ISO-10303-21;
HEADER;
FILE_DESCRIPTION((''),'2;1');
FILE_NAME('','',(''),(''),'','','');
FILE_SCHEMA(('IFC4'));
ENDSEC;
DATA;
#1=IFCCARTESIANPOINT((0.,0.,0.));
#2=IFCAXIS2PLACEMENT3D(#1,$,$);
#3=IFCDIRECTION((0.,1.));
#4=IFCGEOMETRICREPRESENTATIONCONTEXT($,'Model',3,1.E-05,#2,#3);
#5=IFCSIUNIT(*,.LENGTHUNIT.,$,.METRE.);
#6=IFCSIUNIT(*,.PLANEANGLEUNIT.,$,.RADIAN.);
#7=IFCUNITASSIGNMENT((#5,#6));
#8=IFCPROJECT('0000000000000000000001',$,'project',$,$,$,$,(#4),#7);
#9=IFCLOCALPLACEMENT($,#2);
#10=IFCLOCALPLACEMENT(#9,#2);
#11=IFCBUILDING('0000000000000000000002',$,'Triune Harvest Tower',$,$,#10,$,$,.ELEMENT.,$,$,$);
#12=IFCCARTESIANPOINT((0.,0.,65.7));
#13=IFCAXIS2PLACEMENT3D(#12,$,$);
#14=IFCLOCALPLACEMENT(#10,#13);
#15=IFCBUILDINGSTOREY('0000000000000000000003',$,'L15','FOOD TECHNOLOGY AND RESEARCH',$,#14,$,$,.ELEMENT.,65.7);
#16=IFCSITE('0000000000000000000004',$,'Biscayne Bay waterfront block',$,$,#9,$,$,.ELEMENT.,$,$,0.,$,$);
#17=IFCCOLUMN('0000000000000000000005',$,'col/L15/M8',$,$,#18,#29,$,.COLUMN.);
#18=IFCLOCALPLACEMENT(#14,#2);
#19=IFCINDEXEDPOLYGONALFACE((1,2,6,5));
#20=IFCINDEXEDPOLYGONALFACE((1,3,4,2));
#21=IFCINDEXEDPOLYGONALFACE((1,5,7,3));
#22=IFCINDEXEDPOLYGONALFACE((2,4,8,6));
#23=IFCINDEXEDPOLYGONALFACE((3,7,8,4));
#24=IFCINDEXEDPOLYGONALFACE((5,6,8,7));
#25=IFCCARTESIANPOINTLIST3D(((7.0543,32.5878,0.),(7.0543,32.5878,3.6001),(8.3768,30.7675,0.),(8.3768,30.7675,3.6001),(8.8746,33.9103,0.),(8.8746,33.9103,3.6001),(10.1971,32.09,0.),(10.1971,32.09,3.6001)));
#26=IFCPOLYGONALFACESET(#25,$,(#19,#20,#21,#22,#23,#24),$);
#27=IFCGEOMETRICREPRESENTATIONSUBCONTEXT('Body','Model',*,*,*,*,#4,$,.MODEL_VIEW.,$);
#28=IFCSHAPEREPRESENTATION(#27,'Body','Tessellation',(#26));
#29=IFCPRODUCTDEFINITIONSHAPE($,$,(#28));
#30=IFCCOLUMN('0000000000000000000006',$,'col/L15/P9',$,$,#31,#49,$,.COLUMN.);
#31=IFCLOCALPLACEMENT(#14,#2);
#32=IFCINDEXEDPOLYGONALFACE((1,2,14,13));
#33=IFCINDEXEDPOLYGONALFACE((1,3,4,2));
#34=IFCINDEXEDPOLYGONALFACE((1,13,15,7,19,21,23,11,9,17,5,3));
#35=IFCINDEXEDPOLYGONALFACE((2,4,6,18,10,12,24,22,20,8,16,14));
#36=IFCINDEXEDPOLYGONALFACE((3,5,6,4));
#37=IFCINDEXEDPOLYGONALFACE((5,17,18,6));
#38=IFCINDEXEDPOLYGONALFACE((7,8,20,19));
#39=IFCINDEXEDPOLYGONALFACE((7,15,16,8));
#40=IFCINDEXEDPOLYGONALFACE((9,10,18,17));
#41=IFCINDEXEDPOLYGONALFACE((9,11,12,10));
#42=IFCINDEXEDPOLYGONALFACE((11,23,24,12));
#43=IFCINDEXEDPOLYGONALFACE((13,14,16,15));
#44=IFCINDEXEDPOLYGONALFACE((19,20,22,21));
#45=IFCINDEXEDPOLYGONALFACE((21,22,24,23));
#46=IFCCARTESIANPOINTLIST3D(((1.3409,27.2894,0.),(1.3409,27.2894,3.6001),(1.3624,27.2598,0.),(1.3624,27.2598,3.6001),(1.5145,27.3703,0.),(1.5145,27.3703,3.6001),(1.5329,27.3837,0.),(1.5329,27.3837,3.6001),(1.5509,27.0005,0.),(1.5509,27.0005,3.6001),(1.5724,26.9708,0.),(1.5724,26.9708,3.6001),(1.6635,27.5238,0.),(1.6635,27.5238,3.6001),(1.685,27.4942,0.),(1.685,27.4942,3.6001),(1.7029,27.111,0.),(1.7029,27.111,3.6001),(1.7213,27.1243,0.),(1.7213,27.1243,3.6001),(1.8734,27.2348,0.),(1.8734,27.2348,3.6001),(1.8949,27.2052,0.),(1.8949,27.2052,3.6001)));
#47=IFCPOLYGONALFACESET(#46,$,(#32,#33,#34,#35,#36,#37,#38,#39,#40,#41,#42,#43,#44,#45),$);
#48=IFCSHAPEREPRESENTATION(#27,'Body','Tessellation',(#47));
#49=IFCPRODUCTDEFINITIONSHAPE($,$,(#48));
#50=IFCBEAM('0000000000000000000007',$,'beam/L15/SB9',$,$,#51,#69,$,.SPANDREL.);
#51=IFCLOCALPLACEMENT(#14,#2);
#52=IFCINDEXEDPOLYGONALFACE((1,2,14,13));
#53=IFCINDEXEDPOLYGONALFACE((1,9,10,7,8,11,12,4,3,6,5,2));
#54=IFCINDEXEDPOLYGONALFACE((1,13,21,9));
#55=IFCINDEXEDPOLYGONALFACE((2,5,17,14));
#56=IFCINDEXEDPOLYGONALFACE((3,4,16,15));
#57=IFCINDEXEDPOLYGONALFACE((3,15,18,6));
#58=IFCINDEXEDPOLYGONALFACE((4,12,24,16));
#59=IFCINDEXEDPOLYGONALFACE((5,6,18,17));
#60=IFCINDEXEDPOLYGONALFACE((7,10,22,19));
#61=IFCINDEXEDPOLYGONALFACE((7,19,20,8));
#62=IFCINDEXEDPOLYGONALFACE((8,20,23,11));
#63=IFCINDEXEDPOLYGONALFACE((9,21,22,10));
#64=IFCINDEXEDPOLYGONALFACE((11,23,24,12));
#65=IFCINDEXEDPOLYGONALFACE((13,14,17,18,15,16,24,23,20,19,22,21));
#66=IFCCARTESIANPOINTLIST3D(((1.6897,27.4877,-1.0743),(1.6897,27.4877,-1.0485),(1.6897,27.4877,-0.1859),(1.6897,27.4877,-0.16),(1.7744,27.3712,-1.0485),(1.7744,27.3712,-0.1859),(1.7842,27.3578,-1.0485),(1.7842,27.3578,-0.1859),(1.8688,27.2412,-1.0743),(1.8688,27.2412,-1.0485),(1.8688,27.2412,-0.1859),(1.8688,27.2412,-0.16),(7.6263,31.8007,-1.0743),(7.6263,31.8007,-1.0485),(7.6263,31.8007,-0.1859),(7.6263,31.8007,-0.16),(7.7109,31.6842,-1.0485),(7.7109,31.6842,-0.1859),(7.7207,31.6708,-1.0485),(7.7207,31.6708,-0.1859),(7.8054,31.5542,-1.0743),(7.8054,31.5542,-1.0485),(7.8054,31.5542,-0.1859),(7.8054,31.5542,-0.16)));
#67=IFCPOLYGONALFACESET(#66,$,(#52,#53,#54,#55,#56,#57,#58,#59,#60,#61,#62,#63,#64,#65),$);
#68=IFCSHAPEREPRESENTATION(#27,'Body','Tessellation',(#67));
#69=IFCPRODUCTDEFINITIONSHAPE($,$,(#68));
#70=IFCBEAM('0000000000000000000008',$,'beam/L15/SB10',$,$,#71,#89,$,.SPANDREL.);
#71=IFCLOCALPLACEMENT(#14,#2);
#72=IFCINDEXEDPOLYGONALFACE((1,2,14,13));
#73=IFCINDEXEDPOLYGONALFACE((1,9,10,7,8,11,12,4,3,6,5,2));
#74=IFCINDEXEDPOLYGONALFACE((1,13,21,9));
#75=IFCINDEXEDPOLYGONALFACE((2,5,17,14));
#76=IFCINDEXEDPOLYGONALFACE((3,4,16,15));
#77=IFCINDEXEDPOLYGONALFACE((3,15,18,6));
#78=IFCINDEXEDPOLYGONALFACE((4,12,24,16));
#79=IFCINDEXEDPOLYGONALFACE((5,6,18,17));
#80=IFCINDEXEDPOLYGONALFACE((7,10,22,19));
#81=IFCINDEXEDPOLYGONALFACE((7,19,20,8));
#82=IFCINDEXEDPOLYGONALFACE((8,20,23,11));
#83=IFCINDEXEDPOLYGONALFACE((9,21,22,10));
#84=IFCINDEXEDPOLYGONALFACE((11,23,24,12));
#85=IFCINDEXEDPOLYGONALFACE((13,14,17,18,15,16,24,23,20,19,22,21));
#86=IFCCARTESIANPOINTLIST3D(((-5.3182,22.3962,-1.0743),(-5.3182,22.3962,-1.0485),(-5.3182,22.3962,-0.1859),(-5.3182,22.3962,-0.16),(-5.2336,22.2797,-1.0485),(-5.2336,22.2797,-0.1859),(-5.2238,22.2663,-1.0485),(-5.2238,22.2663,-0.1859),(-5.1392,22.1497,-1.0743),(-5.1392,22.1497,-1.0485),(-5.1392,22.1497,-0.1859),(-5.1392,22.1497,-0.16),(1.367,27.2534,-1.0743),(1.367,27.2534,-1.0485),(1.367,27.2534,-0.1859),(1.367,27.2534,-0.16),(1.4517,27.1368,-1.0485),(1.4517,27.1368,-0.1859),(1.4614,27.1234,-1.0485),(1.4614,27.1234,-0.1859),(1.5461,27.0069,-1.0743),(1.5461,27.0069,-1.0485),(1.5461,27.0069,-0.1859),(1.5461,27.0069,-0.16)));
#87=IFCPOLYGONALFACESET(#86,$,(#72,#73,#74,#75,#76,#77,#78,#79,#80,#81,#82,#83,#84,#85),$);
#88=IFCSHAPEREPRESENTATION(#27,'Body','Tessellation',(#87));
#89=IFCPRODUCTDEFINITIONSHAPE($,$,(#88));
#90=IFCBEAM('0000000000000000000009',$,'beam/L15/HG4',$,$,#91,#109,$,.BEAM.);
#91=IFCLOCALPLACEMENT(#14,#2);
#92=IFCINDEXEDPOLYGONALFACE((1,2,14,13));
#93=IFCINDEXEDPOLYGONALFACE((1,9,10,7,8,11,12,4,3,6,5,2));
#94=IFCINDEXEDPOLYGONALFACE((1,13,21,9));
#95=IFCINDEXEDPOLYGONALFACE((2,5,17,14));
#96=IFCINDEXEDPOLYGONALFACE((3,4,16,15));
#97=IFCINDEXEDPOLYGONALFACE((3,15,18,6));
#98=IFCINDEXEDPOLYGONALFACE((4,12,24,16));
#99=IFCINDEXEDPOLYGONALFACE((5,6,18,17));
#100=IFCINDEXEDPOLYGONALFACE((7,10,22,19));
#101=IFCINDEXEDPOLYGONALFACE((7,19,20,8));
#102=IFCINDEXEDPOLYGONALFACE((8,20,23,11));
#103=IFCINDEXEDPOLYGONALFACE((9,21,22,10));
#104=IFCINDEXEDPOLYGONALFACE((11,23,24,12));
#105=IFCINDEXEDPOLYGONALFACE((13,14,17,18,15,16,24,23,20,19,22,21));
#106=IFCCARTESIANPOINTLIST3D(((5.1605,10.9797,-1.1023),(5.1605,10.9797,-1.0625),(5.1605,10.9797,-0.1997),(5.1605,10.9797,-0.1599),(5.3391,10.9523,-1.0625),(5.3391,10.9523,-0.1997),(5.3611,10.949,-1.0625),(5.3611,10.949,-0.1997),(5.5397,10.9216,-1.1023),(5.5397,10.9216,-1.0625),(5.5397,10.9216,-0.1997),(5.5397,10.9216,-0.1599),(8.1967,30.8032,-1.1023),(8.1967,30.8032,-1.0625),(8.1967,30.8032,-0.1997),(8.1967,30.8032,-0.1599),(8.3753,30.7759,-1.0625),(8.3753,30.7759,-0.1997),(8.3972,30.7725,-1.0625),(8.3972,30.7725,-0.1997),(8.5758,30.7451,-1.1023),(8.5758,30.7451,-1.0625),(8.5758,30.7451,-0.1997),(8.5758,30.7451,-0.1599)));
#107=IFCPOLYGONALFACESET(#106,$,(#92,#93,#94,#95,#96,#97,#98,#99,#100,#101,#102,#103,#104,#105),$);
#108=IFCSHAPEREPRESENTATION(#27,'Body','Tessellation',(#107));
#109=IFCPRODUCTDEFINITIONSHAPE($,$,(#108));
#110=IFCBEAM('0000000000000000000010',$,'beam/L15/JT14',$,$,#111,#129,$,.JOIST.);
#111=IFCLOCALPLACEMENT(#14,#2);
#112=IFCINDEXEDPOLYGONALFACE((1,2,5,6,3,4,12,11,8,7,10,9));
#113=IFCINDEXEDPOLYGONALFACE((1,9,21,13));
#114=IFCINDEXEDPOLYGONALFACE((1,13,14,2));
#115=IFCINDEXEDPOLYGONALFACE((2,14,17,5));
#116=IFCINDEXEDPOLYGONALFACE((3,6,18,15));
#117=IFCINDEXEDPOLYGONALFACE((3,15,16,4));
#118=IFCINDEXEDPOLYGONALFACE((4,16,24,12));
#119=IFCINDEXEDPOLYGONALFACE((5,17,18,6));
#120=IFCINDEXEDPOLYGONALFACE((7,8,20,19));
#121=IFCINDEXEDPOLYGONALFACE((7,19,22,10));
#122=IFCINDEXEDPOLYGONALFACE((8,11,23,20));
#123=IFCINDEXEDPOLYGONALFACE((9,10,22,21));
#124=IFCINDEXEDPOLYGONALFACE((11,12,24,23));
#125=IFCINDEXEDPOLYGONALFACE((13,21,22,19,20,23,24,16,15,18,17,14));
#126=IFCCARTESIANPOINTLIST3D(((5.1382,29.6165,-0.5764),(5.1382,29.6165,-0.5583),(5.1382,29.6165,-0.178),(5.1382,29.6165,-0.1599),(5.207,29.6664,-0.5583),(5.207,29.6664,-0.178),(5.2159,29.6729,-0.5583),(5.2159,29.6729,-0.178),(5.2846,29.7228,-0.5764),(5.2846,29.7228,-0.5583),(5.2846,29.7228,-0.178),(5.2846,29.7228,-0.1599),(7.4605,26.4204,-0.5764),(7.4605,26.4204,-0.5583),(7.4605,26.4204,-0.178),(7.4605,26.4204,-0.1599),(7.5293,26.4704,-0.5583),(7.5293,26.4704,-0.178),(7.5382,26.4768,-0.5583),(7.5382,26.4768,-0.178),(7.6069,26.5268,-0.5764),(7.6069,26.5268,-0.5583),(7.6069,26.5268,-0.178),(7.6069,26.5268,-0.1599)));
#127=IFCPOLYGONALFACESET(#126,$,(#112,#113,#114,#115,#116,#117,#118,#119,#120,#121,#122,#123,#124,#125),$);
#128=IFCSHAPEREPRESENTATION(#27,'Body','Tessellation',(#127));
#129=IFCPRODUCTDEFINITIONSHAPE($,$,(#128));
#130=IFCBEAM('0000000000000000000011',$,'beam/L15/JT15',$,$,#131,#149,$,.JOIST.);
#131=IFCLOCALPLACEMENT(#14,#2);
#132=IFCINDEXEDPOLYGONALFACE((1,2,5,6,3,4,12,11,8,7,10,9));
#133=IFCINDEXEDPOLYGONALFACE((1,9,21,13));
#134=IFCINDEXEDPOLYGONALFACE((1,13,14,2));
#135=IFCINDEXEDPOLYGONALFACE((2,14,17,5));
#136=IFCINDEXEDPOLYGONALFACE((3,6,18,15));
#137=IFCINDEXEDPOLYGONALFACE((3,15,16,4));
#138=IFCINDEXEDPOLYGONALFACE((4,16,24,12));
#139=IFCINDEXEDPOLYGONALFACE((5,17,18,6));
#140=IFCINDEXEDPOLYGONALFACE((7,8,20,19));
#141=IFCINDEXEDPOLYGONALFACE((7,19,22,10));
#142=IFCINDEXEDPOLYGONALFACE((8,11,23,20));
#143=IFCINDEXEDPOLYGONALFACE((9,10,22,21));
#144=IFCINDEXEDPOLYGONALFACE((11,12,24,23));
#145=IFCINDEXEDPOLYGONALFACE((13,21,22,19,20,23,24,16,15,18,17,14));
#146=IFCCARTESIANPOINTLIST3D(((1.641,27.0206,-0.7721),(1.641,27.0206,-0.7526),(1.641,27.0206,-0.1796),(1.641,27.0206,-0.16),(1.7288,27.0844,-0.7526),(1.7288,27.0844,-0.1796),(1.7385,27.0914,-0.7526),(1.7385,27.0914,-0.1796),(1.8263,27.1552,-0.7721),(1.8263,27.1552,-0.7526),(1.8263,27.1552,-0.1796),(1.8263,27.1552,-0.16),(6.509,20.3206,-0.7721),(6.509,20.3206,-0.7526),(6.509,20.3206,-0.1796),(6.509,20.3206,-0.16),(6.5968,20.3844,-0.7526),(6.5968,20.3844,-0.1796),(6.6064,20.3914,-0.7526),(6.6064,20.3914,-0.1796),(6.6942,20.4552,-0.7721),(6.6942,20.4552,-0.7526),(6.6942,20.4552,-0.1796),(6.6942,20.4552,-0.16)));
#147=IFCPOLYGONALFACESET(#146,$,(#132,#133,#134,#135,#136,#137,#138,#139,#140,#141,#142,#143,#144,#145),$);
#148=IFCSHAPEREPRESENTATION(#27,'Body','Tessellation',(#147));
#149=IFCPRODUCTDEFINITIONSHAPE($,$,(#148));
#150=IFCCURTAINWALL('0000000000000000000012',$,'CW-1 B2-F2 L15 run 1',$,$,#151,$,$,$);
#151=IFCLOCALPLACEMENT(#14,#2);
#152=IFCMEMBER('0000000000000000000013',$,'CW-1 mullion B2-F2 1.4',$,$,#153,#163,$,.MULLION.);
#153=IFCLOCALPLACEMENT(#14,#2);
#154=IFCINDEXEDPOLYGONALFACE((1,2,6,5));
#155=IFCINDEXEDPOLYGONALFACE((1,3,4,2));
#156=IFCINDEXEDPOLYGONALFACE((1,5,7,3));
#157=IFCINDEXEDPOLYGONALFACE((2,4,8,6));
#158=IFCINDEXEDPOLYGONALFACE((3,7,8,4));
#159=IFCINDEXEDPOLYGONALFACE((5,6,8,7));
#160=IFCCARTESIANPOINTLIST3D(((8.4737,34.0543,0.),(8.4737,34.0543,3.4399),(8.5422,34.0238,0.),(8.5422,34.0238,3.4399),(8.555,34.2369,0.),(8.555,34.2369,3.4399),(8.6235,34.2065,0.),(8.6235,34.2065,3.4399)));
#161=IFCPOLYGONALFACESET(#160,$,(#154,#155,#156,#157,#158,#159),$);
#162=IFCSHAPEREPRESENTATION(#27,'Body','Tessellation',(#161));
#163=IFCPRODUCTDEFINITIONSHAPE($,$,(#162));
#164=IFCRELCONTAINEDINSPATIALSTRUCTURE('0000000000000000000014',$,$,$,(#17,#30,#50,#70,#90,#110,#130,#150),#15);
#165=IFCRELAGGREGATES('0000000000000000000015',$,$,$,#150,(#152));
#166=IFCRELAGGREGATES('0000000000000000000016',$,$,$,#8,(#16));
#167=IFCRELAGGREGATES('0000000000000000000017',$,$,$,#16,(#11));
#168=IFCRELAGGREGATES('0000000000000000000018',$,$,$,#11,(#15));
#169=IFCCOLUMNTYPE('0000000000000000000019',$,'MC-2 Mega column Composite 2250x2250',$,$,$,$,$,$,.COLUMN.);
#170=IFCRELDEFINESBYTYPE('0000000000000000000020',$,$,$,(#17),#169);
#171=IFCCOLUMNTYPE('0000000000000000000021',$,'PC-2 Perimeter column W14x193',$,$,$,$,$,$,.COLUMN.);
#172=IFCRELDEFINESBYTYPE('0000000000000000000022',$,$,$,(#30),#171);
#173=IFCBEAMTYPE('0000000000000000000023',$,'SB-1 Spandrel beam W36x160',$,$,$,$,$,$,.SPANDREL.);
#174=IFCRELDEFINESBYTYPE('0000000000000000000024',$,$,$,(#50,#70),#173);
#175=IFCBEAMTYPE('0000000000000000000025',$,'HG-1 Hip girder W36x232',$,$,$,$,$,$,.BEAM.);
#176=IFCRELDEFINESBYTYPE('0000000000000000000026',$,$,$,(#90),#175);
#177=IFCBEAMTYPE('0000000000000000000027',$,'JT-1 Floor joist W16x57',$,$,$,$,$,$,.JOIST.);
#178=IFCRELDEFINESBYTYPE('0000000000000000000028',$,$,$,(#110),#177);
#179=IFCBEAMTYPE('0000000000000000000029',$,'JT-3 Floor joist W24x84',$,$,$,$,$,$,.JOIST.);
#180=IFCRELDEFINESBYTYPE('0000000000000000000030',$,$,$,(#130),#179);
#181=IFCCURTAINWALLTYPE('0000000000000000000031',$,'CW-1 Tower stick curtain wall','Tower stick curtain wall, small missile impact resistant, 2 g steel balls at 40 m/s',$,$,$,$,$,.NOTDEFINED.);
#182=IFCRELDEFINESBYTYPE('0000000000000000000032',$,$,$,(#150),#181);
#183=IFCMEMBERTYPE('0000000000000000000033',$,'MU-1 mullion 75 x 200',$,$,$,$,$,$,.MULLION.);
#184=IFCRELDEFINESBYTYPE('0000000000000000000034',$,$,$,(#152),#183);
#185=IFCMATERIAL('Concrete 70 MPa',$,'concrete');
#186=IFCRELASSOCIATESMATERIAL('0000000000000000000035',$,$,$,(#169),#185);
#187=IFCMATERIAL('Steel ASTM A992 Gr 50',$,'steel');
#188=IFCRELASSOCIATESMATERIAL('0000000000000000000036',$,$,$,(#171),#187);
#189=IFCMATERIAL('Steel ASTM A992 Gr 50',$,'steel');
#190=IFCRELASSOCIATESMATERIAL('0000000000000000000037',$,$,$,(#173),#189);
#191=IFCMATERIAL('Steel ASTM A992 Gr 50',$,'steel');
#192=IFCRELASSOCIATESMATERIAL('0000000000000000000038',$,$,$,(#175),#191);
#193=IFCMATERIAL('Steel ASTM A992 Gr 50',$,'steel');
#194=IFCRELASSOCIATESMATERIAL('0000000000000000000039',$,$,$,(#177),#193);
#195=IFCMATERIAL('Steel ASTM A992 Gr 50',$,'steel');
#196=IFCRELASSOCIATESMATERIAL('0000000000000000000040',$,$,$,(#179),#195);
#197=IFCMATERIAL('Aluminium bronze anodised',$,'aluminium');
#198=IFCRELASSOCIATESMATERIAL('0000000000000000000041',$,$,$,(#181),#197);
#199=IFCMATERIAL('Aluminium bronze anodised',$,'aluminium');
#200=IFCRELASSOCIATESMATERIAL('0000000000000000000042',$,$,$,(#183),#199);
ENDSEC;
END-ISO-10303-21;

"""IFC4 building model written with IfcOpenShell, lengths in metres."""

from ifc_helpers import new_model, si_unit, direction, frame, origin, origin_2d, place, context, subcontext, project, spatial, rectangle, i_section, extrude, source, transform, mapped, material, material_profile, profile_set, type_object, element, aggregate, save


model = new_model("IFC4")

# Units and contexts
model_context = context("Model", 3, precision=1e-05, world=origin(), true_north=direction((0.0, 1.0)))
body_context = subcontext(model_context, "Body", "Model", "MODEL_VIEW")
ifc_project = project(units=[si_unit("LENGTHUNIT", "METRE"), si_unit("PLANEANGLEUNIT", "RADIAN")], contexts=[model_context])

# Site, building, storey
site_placement = place(None, origin())
site = spatial("IfcSite", under=ifc_project, at=site_placement, Name="Biscayne Bay waterfront block", CompositionType="ELEMENT", RefElevation=0.0)
building_placement = place(site_placement, origin())
building = spatial("IfcBuilding", under=site, at=building_placement, Name="Triune Harvest Tower", CompositionType="ELEMENT")
storey_placement = place(building_placement, frame((0.0, 0.0, 65.7)))
storey = spatial("IfcBuildingStorey", under=building, at=storey_placement, Name="L15", Description="FOOD TECHNOLOGY AND RESEARCH", CompositionType="ELEMENT", Elevation=65.7)

# Columns
ifc_material_1 = material(Name="Concrete 70 MPa", Category="concrete")
ifc_material_profile_1 = material_profile(ifc_material_1, rectangle(XDim=2.25, YDim=2.25, at=origin_2d()), Name="Composite 2250x2250")
ifc_profile_set_1 = profile_set([ifc_material_profile_1], Name="Concrete 70 MPa")
column_type_1 = type_object("IfcColumnType", Name="MC-2 Mega column Composite 2250x2250", PredefinedType="COLUMN", material=ifc_profile_set_1)
shared_shape_1 = source(origin(), body_context, "Body", "SweptSolid", [
    extrude(rectangle(XDim=2.25, YDim=2.25, at=origin_2d()), origin(), (0.0, 0.0, 1.0), 3.6001),
])
column_1_placement = place(storey_placement, frame((8.6257, 32.3389, 0.0), z_axis=(0.0, 0.0, 1.0), x_axis=(-0.809017, -0.587785, 0.0)))
element("IfcColumn", 1, at=column_1_placement, inside=storey, type_object=column_type_1, Name="col/L15/M8", PredefinedType="COLUMN", context=body_context, shape_type="MappedRepresentation", body=[
    mapped(shared_shape_1, transform((0.0, 0.0, 0.0), scale=1.0)),
])
ifc_material_2 = material(Name="Steel ASTM A992 Gr 50", Category="steel")
ifc_material_profile_2 = material_profile(ifc_material_2, i_section(OverallWidth=0.3987, OverallDepth=0.3938, WebThickness=0.0227, FlangeThickness=0.0366, at=origin_2d()), Name="W14x193")
ifc_profile_set_2 = profile_set([ifc_material_profile_2], Name="Steel ASTM A992 Gr 50")
column_type_2 = type_object("IfcColumnType", Name="PC-2 Perimeter column W14x193", PredefinedType="COLUMN", material=ifc_profile_set_2)
shared_shape_2 = source(origin(), body_context, "Body", "SweptSolid", [
    extrude(i_section(OverallWidth=0.3987, OverallDepth=0.3938, WebThickness=0.0227, FlangeThickness=0.0366, at=origin_2d()), origin(), (0.0, 0.0, 1.0), 3.6001),
])
column_2_placement = place(storey_placement, frame((1.6179, 27.2473, 0.0), z_axis=(0.0, 0.0, 1.0), x_axis=(-0.809017, -0.587785, 0.0)))
element("IfcColumn", 2, at=column_2_placement, inside=storey, type_object=column_type_2, Name="col/L15/P9", PredefinedType="COLUMN", context=body_context, shape_type="MappedRepresentation", body=[
    mapped(shared_shape_2, transform((0.0, 0.0, 0.0), scale=1.0)),
])

# Beams
ifc_material_3 = material(Name="Steel ASTM A992 Gr 50", Category="steel")
ifc_material_profile_3 = material_profile(ifc_material_3, i_section(OverallWidth=0.3047, OverallDepth=0.9143, WebThickness=0.0166, FlangeThickness=0.0259, at=origin_2d()), Name="W36x160")
ifc_profile_set_3 = profile_set([ifc_material_profile_3], Name="Steel ASTM A992 Gr 50")
beam_type_1 = type_object("IfcBeamType", Name="SB-1 Spandrel beam W36x160", PredefinedType="SPANDREL", material=ifc_profile_set_3)
shared_shape_3 = source(origin(), body_context, "Body", "SweptSolid", [
    extrude(i_section(OverallWidth=0.3047, OverallDepth=0.9143, WebThickness=0.0166, FlangeThickness=0.0259, at=origin_2d()), origin(), (0.0, 0.0, 1.0), 7.3379),
])
beam_1_placement = place(storey_placement, frame((7.7158, 31.6775, -0.6172), z_axis=(-0.809027, -0.587772, 0.0), x_axis=(0.587772, -0.809027, 0.0)))
element("IfcBeam", 3, at=beam_1_placement, inside=storey, type_object=beam_type_1, Name="beam/L15/SB9", PredefinedType="SPANDREL", context=body_context, shape_type="MappedRepresentation", body=[
    mapped(shared_shape_3, transform((0.0, 0.0, 0.0), scale=1.0)),
])
shared_shape_4 = source(origin(), body_context, "Body", "SweptSolid", [
    extrude(i_section(OverallWidth=0.3047, OverallDepth=0.9143, WebThickness=0.0166, FlangeThickness=0.0259, at=origin_2d()), origin(), (0.0, 0.0, 1.0), 8.2634),
])
beam_2_placement = place(storey_placement, frame((1.4565, 27.1301, -0.6172), z_axis=(-0.809016, -0.587787, 0.0), x_axis=(0.587787, -0.809016, 0.0)))
element("IfcBeam", 4, at=beam_2_placement, inside=storey, type_object=beam_type_1, Name="beam/L15/SB10", PredefinedType="SPANDREL", context=body_context, shape_type="MappedRepresentation", body=[
    mapped(shared_shape_4, transform((0.0, 0.0, 0.0), scale=1.0)),
])
ifc_material_4 = material(Name="Steel ASTM A992 Gr 50", Category="steel")
ifc_material_profile_4 = material_profile(ifc_material_4, i_section(OverallWidth=0.3835, OverallDepth=0.9424, WebThickness=0.0222, FlangeThickness=0.0398, at=origin_2d()), Name="W36x232")
ifc_profile_set_4 = profile_set([ifc_material_profile_4], Name="Steel ASTM A992 Gr 50")
beam_type_2 = type_object("IfcBeamType", Name="HG-1 Hip girder W36x232", PredefinedType="BEAM", material=ifc_profile_set_4)
shared_shape_5 = source(origin(), body_context, "Body", "SweptSolid", [
    extrude(i_section(OverallWidth=0.3835, OverallDepth=0.9424, WebThickness=0.0222, FlangeThickness=0.0398, at=origin_2d()), origin(), (0.0, 0.0, 1.0), 20.0547),
])
beam_3_placement = place(storey_placement, frame((8.3862, 30.7742, -0.6311), z_axis=(-0.151393, -0.988474, 0.0), x_axis=(0.988474, -0.151393, 0.0)))
element("IfcBeam", 5, at=beam_3_placement, inside=storey, type_object=beam_type_2, Name="beam/L15/HG4", PredefinedType="BEAM", context=body_context, shape_type="MappedRepresentation", body=[
    mapped(shared_shape_5, transform((0.0, 0.0, 0.0), scale=1.0)),
])
ifc_material_5 = material(Name="Steel ASTM A992 Gr 50", Category="steel")
ifc_material_profile_5 = material_profile(ifc_material_5, i_section(OverallWidth=0.1809, OverallDepth=0.4165, WebThickness=0.011, FlangeThickness=0.0181, at=origin_2d()), Name="W16x57")
ifc_profile_set_5 = profile_set([ifc_material_profile_5], Name="Steel ASTM A992 Gr 50")
beam_type_3 = type_object("IfcBeamType", Name="JT-1 Floor joist W16x57", PredefinedType="JOIST", material=ifc_profile_set_5)
shared_shape_6 = source(origin(), body_context, "Body", "SweptSolid", [
    extrude(i_section(OverallWidth=0.1809, OverallDepth=0.4165, WebThickness=0.011, FlangeThickness=0.0181, at=origin_2d()), origin(), (0.0, 0.0, 1.0), 3.9507),
])
beam_4_placement = place(storey_placement, frame((5.2114, 29.6697, -0.3682), z_axis=(0.587819, -0.808993, 0.0), x_axis=(0.808993, 0.587819, 0.0)))
element("IfcBeam", 6, at=beam_4_placement, inside=storey, type_object=beam_type_3, Name="beam/L15/JT14", PredefinedType="JOIST", context=body_context, shape_type="MappedRepresentation", body=[
    mapped(shared_shape_6, transform((0.0, 0.0, 0.0), scale=1.0)),
])
ifc_material_6 = material(Name="Steel ASTM A992 Gr 50", Category="steel")
ifc_material_profile_6 = material_profile(ifc_material_6, i_section(OverallWidth=0.229, OverallDepth=0.6121, WebThickness=0.012, FlangeThickness=0.0195, at=origin_2d()), Name="W24x84")
ifc_profile_set_6 = profile_set([ifc_material_profile_6], Name="Steel ASTM A992 Gr 50")
beam_type_4 = type_object("IfcBeamType", Name="JT-3 Floor joist W24x84", PredefinedType="JOIST", material=ifc_profile_set_6)
shared_shape_7 = source(origin(), body_context, "Body", "SweptSolid", [
    extrude(i_section(OverallWidth=0.229, OverallDepth=0.6121, WebThickness=0.012, FlangeThickness=0.0195, at=origin_2d()), origin(), (0.0, 0.0, 1.0), 8.2817),
])
beam_5_placement = place(storey_placement, frame((1.7336, 27.0879, -0.4661), z_axis=(0.587795, -0.80901, 0.0), x_axis=(0.80901, 0.587795, 0.0)))
element("IfcBeam", 7, at=beam_5_placement, inside=storey, type_object=beam_type_4, Name="beam/L15/JT15", PredefinedType="JOIST", context=body_context, shape_type="MappedRepresentation", body=[
    mapped(shared_shape_7, transform((0.0, 0.0, 0.0), scale=1.0)),
])

# Curtain wall, member
ifc_material_7 = material(Name="Aluminium bronze anodised", Category="aluminium")
curtain_wall_type_1 = type_object("IfcCurtainWallType", Name="CW-1 Tower stick curtain wall", Description="Tower stick curtain wall, small missile impact resistant, 2 g steel balls at 40 m/s", PredefinedType="NOTDEFINED", material=ifc_material_7)
curtain_wall_1_placement = place(storey_placement, origin())
curtain_wall_1 = element("IfcCurtainWall", 8, at=curtain_wall_1_placement, inside=storey, type_object=curtain_wall_type_1, Name="CW-1 B2-F2 L15 run 1")
ifc_material_8 = material(Name="Aluminium bronze anodised", Category="aluminium")
ifc_material_profile_7 = material_profile(ifc_material_8, rectangle(XDim=0.2, YDim=0.075, at=origin_2d()), Name="MU-1 mullion 75 x 200")
ifc_profile_set_7 = profile_set([ifc_material_profile_7], Name="Aluminium bronze anodised")
member_type_1 = type_object("IfcMemberType", Name="MU-1 mullion 75 x 200", PredefinedType="MULLION", material=ifc_profile_set_7)
shared_shape_8 = source(origin(), body_context, "Body", "SweptSolid", [
    extrude(rectangle(XDim=0.2, YDim=0.075, at=origin_2d()), origin(), (0.0, 0.0, 1.0), 3.4399),
])
member_1_placement = place(storey_placement, frame((8.5486, 34.1304, 0.0), z_axis=(0.0, 0.0, 1.0), x_axis=(-0.406734, -0.913547, 0.0)))
member_1 = element("IfcMember", 9, at=member_1_placement, type_object=member_type_1, Name="CW-1 mullion B2-F2 1.4", PredefinedType="MULLION", context=body_context, shape_type="MappedRepresentation", body=[
    mapped(shared_shape_8, transform((0.0, 0.0, 0.0), scale=1.0)),
])
aggregate(curtain_wall_1, [member_1])

save(model, "model.ifc")
